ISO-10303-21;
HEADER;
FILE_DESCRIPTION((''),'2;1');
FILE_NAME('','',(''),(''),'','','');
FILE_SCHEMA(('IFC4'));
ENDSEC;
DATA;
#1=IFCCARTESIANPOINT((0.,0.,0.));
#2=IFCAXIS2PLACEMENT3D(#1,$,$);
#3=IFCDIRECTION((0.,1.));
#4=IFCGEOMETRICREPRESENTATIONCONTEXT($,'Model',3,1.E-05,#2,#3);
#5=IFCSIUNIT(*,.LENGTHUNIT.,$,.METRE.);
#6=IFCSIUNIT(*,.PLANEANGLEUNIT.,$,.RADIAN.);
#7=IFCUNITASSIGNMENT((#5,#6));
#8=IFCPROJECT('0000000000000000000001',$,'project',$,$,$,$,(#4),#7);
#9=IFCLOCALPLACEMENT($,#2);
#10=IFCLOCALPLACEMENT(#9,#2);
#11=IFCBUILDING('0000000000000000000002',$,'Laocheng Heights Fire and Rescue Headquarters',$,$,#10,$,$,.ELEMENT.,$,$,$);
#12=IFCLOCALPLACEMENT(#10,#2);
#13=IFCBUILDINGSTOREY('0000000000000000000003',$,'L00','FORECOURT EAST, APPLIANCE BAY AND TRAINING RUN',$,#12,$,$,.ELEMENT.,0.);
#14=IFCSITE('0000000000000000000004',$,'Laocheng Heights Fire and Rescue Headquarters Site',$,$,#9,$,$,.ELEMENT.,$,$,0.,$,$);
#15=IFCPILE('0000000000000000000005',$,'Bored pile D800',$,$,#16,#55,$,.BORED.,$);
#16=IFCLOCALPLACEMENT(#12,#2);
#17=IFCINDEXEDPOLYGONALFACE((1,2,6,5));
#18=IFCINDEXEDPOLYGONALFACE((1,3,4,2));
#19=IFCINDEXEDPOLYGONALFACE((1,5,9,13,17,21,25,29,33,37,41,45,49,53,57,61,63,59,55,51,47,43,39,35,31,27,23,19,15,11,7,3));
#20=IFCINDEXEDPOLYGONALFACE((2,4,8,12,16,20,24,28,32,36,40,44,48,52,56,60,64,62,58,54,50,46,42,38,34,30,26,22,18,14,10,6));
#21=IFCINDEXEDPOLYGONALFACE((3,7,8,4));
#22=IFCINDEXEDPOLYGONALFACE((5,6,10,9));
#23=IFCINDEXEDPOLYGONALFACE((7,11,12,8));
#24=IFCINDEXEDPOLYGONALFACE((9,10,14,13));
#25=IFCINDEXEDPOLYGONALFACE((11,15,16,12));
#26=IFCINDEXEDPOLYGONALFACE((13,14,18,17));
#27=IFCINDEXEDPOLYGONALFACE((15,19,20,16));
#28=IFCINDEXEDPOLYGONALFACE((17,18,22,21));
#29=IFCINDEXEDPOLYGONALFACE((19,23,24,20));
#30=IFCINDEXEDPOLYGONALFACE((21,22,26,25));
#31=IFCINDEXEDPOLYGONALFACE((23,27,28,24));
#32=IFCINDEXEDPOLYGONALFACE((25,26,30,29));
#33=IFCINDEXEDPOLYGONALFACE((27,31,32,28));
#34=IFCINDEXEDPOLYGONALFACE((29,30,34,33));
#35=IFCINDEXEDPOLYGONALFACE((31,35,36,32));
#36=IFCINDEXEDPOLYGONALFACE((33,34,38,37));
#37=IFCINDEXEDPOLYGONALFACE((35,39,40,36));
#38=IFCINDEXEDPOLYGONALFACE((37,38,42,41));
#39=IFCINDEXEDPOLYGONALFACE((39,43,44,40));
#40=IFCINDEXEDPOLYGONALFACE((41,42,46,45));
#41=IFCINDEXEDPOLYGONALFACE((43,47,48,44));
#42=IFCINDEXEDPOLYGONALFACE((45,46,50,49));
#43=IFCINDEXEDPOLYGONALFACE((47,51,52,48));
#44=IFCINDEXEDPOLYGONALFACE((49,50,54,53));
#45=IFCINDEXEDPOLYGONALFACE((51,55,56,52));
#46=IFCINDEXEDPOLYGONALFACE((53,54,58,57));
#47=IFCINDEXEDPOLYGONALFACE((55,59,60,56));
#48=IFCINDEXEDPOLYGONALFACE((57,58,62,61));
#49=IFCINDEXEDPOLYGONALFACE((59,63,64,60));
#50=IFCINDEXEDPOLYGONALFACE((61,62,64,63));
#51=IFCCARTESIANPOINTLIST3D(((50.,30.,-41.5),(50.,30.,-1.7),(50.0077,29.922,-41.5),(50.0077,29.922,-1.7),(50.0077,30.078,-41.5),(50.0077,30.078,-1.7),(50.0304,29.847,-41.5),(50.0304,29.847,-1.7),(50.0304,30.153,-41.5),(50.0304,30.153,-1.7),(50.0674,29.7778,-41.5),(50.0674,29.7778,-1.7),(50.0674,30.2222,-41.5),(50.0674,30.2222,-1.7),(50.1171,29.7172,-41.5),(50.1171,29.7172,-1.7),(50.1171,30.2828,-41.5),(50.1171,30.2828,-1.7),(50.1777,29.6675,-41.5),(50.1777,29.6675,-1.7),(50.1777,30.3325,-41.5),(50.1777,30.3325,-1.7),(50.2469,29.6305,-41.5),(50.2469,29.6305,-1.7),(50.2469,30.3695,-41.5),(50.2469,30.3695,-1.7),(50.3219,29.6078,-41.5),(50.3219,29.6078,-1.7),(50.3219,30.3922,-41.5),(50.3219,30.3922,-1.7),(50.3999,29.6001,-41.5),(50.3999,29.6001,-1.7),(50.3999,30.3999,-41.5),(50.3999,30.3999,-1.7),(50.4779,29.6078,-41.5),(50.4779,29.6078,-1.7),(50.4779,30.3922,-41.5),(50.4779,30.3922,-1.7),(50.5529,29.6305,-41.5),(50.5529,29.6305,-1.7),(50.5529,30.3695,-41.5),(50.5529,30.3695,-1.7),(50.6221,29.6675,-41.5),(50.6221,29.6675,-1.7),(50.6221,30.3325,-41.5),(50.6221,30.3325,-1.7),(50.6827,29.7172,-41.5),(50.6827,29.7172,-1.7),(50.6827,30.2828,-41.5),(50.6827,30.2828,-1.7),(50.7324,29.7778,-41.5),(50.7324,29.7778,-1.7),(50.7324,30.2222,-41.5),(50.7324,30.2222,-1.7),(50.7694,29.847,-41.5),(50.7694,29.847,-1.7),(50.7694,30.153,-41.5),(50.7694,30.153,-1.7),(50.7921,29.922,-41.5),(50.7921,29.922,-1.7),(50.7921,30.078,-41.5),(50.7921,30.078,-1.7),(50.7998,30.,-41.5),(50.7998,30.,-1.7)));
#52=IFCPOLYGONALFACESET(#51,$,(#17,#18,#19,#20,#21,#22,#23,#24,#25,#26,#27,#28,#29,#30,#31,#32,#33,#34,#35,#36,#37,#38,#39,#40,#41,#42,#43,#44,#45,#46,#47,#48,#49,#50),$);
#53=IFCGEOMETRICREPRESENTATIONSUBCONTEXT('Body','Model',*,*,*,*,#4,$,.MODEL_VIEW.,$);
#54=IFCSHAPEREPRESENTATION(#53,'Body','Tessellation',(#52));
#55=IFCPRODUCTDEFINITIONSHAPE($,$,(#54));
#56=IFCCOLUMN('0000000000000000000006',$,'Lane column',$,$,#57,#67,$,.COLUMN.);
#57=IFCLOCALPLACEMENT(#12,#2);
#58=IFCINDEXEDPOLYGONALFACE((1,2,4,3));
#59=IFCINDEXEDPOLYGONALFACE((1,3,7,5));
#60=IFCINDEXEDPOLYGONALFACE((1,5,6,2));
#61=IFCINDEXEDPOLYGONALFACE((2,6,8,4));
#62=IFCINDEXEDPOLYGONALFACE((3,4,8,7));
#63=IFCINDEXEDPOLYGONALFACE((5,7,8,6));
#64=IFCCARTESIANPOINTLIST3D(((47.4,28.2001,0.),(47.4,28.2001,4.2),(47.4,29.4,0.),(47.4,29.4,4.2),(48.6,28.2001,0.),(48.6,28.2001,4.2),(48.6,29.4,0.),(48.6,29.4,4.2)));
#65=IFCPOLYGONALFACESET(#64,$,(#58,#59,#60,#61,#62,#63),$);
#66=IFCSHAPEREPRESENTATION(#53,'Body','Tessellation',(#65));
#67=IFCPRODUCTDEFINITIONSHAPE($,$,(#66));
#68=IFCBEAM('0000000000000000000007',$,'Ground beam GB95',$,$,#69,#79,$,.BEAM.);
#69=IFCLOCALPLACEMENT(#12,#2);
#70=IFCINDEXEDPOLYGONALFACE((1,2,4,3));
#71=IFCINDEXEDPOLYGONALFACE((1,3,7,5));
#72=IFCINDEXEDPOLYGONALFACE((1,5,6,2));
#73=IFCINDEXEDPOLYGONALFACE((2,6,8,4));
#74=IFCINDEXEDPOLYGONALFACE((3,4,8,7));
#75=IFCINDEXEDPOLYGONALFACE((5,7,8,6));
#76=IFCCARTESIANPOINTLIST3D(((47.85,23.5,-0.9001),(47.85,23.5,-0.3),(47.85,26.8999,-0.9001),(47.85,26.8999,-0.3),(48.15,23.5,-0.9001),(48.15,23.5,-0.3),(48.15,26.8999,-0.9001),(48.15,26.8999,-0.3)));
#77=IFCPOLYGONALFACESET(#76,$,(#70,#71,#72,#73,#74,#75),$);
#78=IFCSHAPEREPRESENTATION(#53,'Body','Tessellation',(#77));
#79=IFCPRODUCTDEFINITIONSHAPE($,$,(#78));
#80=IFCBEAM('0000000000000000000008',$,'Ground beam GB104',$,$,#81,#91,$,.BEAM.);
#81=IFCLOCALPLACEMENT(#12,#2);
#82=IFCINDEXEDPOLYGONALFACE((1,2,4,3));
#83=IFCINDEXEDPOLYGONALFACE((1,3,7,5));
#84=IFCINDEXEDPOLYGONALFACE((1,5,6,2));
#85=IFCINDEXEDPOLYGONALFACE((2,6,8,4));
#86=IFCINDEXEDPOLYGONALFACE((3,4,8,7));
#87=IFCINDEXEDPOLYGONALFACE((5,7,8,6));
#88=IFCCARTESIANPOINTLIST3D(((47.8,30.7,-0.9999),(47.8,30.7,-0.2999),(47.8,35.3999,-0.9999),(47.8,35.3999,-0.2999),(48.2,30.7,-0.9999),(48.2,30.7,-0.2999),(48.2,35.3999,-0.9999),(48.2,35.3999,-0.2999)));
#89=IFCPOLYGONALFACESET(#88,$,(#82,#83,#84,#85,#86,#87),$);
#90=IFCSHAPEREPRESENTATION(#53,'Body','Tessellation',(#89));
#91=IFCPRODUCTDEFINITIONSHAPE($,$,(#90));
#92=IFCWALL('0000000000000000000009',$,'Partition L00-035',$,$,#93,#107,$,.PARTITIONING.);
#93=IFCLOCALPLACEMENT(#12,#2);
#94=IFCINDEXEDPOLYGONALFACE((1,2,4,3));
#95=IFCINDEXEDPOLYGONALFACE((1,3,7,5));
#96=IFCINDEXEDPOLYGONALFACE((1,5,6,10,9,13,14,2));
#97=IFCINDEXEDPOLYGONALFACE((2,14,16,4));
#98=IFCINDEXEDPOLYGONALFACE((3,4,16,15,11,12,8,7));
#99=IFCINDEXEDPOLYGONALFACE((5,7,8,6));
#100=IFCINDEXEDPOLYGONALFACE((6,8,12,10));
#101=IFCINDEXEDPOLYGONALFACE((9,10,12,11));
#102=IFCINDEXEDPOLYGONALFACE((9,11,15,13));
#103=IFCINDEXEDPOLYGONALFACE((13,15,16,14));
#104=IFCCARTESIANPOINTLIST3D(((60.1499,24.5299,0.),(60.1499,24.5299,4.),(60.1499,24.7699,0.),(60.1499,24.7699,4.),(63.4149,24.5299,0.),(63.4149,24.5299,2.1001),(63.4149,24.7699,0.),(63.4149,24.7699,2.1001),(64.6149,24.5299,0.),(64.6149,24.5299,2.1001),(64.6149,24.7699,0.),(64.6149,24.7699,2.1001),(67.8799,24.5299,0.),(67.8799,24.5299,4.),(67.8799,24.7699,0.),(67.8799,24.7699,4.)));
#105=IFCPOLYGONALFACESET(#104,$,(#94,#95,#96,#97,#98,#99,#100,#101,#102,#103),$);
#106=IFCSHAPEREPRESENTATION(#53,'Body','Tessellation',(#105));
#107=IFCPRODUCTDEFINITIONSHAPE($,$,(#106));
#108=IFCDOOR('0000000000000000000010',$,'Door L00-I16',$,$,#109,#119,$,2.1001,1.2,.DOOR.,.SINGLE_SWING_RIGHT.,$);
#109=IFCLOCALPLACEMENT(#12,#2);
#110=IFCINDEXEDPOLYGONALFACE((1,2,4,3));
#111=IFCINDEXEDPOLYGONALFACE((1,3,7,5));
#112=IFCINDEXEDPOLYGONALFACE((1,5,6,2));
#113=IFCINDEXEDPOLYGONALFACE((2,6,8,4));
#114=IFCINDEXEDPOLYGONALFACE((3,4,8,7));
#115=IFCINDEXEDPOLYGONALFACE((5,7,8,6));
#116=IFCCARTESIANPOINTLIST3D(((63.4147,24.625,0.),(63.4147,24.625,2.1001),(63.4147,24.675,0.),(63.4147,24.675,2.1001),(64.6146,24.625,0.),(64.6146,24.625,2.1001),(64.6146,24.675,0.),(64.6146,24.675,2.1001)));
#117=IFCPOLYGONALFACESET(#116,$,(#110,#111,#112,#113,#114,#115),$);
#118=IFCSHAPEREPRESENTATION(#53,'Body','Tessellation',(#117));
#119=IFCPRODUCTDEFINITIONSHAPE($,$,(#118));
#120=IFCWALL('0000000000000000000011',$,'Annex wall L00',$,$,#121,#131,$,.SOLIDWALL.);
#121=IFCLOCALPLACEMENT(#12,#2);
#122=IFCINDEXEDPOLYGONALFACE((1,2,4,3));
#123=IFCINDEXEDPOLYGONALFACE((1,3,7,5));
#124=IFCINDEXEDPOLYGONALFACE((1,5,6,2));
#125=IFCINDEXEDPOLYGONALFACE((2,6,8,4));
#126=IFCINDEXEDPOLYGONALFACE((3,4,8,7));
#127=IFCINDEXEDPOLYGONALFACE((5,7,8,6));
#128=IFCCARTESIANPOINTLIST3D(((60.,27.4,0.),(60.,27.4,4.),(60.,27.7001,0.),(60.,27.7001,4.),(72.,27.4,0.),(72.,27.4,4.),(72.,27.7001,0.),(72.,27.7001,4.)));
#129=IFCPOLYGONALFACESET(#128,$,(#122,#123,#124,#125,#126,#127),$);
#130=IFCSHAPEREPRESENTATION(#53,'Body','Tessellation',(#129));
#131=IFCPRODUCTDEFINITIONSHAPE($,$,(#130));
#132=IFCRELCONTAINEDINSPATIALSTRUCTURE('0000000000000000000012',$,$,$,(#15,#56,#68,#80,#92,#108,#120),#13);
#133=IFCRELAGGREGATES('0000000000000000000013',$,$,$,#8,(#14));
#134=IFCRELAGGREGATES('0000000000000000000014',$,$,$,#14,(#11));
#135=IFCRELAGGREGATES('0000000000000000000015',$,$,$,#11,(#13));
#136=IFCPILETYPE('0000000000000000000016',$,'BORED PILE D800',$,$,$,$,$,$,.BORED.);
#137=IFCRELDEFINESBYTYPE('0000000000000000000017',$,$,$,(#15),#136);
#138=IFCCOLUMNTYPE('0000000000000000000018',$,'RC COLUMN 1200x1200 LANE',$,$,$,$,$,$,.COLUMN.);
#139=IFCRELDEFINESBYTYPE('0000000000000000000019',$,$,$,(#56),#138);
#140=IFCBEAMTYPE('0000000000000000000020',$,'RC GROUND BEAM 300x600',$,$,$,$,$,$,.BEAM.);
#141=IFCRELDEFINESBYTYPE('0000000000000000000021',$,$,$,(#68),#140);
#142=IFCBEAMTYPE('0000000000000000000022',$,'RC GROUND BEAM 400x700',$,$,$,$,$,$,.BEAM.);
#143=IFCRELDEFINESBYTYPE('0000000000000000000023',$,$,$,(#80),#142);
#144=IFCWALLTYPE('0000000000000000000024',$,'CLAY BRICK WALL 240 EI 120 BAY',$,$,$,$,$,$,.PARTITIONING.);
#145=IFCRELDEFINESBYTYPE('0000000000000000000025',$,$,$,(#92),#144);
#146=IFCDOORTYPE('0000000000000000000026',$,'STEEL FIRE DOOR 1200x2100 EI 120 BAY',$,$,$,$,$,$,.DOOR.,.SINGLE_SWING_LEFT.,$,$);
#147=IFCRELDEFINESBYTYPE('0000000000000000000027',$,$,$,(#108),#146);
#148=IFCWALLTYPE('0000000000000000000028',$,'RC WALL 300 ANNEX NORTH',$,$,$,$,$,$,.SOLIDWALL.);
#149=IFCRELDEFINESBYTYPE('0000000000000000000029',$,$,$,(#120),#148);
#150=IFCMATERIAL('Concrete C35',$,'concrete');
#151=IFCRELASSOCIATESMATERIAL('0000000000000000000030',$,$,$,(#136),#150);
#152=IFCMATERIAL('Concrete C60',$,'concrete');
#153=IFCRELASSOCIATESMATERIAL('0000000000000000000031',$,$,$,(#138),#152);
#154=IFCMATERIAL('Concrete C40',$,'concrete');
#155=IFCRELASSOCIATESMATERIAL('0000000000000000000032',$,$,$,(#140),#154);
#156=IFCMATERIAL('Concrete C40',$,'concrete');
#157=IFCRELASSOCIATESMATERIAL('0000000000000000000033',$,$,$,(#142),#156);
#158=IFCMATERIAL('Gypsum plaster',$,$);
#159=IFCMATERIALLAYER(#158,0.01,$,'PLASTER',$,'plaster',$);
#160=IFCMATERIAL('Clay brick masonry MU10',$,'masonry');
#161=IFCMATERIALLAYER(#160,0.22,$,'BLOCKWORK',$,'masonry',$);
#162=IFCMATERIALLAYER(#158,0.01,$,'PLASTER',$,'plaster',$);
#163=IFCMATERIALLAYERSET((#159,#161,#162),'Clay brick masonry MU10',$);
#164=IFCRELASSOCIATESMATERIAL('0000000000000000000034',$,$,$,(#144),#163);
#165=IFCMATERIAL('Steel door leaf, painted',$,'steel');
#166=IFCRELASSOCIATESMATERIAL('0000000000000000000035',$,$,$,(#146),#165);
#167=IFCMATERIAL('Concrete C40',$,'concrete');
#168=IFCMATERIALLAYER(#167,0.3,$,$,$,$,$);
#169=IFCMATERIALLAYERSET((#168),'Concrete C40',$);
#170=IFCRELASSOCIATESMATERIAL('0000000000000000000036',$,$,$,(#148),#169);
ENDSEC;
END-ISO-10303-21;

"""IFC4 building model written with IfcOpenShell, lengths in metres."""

from ifc_helpers import new_model, si_unit, direction, frame, frame_2d, origin, origin_2d, place, context, subcontext, project, spatial, rectangle, circle, extrude, material, layer, layer_set, material_profile, profile_set, type_object, element, fill, save


model = new_model("IFC4")

# Units and contexts
model_context = context("Model", 3, precision=1e-05, world=origin(), true_north=direction((0.0, 1.0)))
body_context = subcontext(model_context, "Body", "Model", "MODEL_VIEW")
ifc_project = project(units=[si_unit("LENGTHUNIT", "METRE"), si_unit("PLANEANGLEUNIT", "RADIAN")], contexts=[model_context])

# Site, building, storey
site_placement = place(None, origin())
site = spatial("IfcSite", under=ifc_project, at=site_placement, Name="Laocheng Heights Fire and Rescue Headquarters Site", CompositionType="ELEMENT", RefElevation=0.0)
building_placement = place(site_placement, origin())
building = spatial("IfcBuilding", under=site, at=building_placement, Name="Laocheng Heights Fire and Rescue Headquarters", CompositionType="ELEMENT")
storey_placement = place(building_placement, origin())
storey = spatial("IfcBuildingStorey", under=building, at=storey_placement, Name="L00", Description="FORECOURT EAST, APPLIANCE BAY AND TRAINING RUN", CompositionType="ELEMENT", Elevation=0.0)

# Pile
ifc_material_1 = material(Name="Concrete C35", Category="concrete")
ifc_material_profile_1 = material_profile(ifc_material_1, circle(Radius=0.3999, at=origin_2d()), Name="BORED PILE D800")
ifc_profile_set_1 = profile_set([ifc_material_profile_1], Name="Concrete C35")
pile_type_1 = type_object("IfcPileType", Name="BORED PILE D800", PredefinedType="BORED", material=ifc_profile_set_1)
for number, where, z_axis, x_axis, name in (
    (1, (50.3999, 30.0, -1.7), (0.0, 0.0, -1.0), (1.0, 0.0, 0.0), "Bored pile D800"),
):
    element("IfcPile", number, at=place(storey_placement, frame(where, z_axis=z_axis, x_axis=x_axis)), inside=storey, type_object=pile_type_1, Name=name, PredefinedType="BORED", context=body_context, shape_type="SweptSolid", body=[
        extrude(circle(Radius=0.3999, at=origin_2d()), origin(), (0.0, 0.0, 1.0), 39.8),
    ])

# Column
ifc_material_2 = material(Name="Concrete C60", Category="concrete")
ifc_material_profile_2 = material_profile(ifc_material_2, rectangle(XDim=1.2, YDim=1.2, at=origin_2d()), Name="RC COLUMN 1200x1200 LANE")
ifc_profile_set_2 = profile_set([ifc_material_profile_2], Name="Concrete C60")
column_type = type_object("IfcColumnType", Name="RC COLUMN 1200x1200 LANE", PredefinedType="COLUMN", material=ifc_profile_set_2)
column_placement = place(storey_placement, frame((48.0, 28.8, 0.0), z_axis=(0.0, 0.0, 1.0), x_axis=(1.0, 0.0, 0.0)))
element("IfcColumn", 2, at=column_placement, inside=storey, type_object=column_type, Name="Lane column", PredefinedType="COLUMN", context=body_context, shape_type="SweptSolid", body=[
    extrude(rectangle(XDim=1.2, YDim=1.2, at=origin_2d()), origin(), (0.0, 0.0, 1.0), 4.2),
])

# Beams
ifc_material_3 = material(Name="Concrete C40", Category="concrete")
ifc_material_profile_3 = material_profile(ifc_material_3, rectangle(XDim=0.3, YDim=0.6001, at=origin_2d()), Name="RC GROUND BEAM 300x600")
ifc_profile_set_3 = profile_set([ifc_material_profile_3], Name="Concrete C40")
beam_type_1 = type_object("IfcBeamType", Name="RC GROUND BEAM 300x600", PredefinedType="BEAM", material=ifc_profile_set_3)
beam_1_placement = place(storey_placement, frame((48.0, 23.5, -0.6001), z_axis=(0.0, 1.0, 0.0), x_axis=(-1.0, 0.0, 0.0)))
element("IfcBeam", 3, at=beam_1_placement, inside=storey, type_object=beam_type_1, Name="Ground beam GB95", PredefinedType="BEAM", context=body_context, shape_type="SweptSolid", body=[
    extrude(rectangle(XDim=0.3, YDim=0.6001, at=origin_2d()), origin(), (0.0, 0.0, 1.0), 3.3999),
])
ifc_material_4 = material(Name="Concrete C40", Category="concrete")
ifc_material_profile_4 = material_profile(ifc_material_4, rectangle(XDim=0.3999, YDim=0.7, at=origin_2d()), Name="RC GROUND BEAM 400x700")
ifc_profile_set_4 = profile_set([ifc_material_profile_4], Name="Concrete C40")
beam_type_2 = type_object("IfcBeamType", Name="RC GROUND BEAM 400x700", PredefinedType="BEAM", material=ifc_profile_set_4)
beam_2_placement = place(storey_placement, frame((48.0, 30.7, -0.6499), z_axis=(0.0, 1.0, 0.0), x_axis=(-1.0, 0.0, 0.0)))
element("IfcBeam", 4, at=beam_2_placement, inside=storey, type_object=beam_type_2, Name="Ground beam GB104", PredefinedType="BEAM", context=body_context, shape_type="SweptSolid", body=[
    extrude(rectangle(XDim=0.3999, YDim=0.7, at=origin_2d()), origin(), (0.0, 0.0, 1.0), 4.7),
])

# Wall, opening, door
ifc_material_5 = material(Name="Gypsum plaster")
ifc_layer_1 = layer(ifc_material_5, 0.01, Name="PLASTER", Category="plaster")
ifc_material_6 = material(Name="Clay brick masonry MU10", Category="masonry")
ifc_layer_2 = layer(ifc_material_6, 0.22, Name="BLOCKWORK", Category="masonry")
ifc_layer_3 = layer(ifc_material_5, 0.01, Name="PLASTER", Category="plaster")
ifc_layer_set_1 = layer_set([ifc_layer_1, ifc_layer_2, ifc_layer_3], Name="Clay brick masonry MU10")
wall_type_1 = type_object("IfcWallType", Name="CLAY BRICK WALL 240 EI 120 BAY", PredefinedType="PARTITIONING", material=ifc_layer_set_1)
wall_1_placement = place(storey_placement, frame((60.1499, 24.6499, 0.0), z_axis=(0.0, 0.0, 1.0), x_axis=(1.0, 0.0, 0.0)))
wall_1 = element("IfcWall", 5, at=wall_1_placement, inside=storey, type_object=wall_type_1, Name="Partition L00-035", PredefinedType="PARTITIONING", context=body_context, shape_type="SweptSolid", body=[
    extrude(rectangle(XDim=7.73, YDim=0.24, at=frame_2d((3.865, 0.0))), origin(), (0.0, 0.0, 1.0), 4.0),
])
opening_placement = place(wall_1_placement, frame((3.2649, 0.0, 0.0)))
opening = element("IfcOpeningElement", 6, at=opening_placement, cuts=wall_1, PredefinedType="OPENING", context=body_context, shape_type="SweptSolid", body=[
    extrude(rectangle(XDim=1.2, YDim=2.1001, at=frame_2d((0.6001, 1.05))), frame((0.0, 0.1299, 0.0), z_axis=(0.0, -1.0, 0.0), x_axis=(1.0, 0.0, 0.0)), (0.0, 0.0, 1.0), 0.26),
])
ifc_material_7 = material(Name="Steel door leaf, painted", Category="steel")
door_type = type_object("IfcDoorType", Name="STEEL FIRE DOOR 1200x2100 EI 120 BAY", OperationType="SINGLE_SWING_LEFT", PredefinedType="DOOR", material=ifc_material_7)
door_placement = place(opening_placement, frame((1.2, 0.0, 0.0), z_axis=(0.0, 0.0, 1.0), x_axis=(-1.0, 0.0, 0.0)))
door = element("IfcDoor", 7, at=door_placement, inside=storey, type_object=door_type, Name="Door L00-I16", OperationType="SINGLE_SWING_RIGHT", OverallHeight=2.1001, OverallWidth=1.2, PredefinedType="DOOR", context=body_context, shape_type="SweptSolid", body=[
    extrude(rectangle(XDim=1.2, YDim=2.1001, at=frame_2d((0.6001, 1.05))), frame((0.0, 0.0249, 0.0), z_axis=(0.0, -1.0, 0.0), x_axis=(1.0, 0.0, 0.0)), (0.0, 0.0, 1.0), 0.05),
])
fill(opening, door)

# Wall
ifc_material_8 = material(Name="Concrete C40", Category="concrete")
ifc_layer_4 = layer(ifc_material_8, 0.3)
ifc_layer_set_2 = layer_set([ifc_layer_4], Name="Concrete C40")
wall_type_2 = type_object("IfcWallType", Name="RC WALL 300 ANNEX NORTH", PredefinedType="SOLIDWALL", material=ifc_layer_set_2)
wall_2_placement = place(storey_placement, frame((60.0, 27.55, 0.0), z_axis=(0.0, 0.0, 1.0), x_axis=(1.0, 0.0, 0.0)))
element("IfcWall", 8, at=wall_2_placement, inside=storey, type_object=wall_type_2, Name="Annex wall L00", PredefinedType="SOLIDWALL", context=body_context, shape_type="SweptSolid", body=[
    extrude(rectangle(XDim=12.0, YDim=0.3, at=frame_2d((6.0, 0.0))), origin(), (0.0, 0.0, 1.0), 4.0),
])

save(model, "model.ifc")
